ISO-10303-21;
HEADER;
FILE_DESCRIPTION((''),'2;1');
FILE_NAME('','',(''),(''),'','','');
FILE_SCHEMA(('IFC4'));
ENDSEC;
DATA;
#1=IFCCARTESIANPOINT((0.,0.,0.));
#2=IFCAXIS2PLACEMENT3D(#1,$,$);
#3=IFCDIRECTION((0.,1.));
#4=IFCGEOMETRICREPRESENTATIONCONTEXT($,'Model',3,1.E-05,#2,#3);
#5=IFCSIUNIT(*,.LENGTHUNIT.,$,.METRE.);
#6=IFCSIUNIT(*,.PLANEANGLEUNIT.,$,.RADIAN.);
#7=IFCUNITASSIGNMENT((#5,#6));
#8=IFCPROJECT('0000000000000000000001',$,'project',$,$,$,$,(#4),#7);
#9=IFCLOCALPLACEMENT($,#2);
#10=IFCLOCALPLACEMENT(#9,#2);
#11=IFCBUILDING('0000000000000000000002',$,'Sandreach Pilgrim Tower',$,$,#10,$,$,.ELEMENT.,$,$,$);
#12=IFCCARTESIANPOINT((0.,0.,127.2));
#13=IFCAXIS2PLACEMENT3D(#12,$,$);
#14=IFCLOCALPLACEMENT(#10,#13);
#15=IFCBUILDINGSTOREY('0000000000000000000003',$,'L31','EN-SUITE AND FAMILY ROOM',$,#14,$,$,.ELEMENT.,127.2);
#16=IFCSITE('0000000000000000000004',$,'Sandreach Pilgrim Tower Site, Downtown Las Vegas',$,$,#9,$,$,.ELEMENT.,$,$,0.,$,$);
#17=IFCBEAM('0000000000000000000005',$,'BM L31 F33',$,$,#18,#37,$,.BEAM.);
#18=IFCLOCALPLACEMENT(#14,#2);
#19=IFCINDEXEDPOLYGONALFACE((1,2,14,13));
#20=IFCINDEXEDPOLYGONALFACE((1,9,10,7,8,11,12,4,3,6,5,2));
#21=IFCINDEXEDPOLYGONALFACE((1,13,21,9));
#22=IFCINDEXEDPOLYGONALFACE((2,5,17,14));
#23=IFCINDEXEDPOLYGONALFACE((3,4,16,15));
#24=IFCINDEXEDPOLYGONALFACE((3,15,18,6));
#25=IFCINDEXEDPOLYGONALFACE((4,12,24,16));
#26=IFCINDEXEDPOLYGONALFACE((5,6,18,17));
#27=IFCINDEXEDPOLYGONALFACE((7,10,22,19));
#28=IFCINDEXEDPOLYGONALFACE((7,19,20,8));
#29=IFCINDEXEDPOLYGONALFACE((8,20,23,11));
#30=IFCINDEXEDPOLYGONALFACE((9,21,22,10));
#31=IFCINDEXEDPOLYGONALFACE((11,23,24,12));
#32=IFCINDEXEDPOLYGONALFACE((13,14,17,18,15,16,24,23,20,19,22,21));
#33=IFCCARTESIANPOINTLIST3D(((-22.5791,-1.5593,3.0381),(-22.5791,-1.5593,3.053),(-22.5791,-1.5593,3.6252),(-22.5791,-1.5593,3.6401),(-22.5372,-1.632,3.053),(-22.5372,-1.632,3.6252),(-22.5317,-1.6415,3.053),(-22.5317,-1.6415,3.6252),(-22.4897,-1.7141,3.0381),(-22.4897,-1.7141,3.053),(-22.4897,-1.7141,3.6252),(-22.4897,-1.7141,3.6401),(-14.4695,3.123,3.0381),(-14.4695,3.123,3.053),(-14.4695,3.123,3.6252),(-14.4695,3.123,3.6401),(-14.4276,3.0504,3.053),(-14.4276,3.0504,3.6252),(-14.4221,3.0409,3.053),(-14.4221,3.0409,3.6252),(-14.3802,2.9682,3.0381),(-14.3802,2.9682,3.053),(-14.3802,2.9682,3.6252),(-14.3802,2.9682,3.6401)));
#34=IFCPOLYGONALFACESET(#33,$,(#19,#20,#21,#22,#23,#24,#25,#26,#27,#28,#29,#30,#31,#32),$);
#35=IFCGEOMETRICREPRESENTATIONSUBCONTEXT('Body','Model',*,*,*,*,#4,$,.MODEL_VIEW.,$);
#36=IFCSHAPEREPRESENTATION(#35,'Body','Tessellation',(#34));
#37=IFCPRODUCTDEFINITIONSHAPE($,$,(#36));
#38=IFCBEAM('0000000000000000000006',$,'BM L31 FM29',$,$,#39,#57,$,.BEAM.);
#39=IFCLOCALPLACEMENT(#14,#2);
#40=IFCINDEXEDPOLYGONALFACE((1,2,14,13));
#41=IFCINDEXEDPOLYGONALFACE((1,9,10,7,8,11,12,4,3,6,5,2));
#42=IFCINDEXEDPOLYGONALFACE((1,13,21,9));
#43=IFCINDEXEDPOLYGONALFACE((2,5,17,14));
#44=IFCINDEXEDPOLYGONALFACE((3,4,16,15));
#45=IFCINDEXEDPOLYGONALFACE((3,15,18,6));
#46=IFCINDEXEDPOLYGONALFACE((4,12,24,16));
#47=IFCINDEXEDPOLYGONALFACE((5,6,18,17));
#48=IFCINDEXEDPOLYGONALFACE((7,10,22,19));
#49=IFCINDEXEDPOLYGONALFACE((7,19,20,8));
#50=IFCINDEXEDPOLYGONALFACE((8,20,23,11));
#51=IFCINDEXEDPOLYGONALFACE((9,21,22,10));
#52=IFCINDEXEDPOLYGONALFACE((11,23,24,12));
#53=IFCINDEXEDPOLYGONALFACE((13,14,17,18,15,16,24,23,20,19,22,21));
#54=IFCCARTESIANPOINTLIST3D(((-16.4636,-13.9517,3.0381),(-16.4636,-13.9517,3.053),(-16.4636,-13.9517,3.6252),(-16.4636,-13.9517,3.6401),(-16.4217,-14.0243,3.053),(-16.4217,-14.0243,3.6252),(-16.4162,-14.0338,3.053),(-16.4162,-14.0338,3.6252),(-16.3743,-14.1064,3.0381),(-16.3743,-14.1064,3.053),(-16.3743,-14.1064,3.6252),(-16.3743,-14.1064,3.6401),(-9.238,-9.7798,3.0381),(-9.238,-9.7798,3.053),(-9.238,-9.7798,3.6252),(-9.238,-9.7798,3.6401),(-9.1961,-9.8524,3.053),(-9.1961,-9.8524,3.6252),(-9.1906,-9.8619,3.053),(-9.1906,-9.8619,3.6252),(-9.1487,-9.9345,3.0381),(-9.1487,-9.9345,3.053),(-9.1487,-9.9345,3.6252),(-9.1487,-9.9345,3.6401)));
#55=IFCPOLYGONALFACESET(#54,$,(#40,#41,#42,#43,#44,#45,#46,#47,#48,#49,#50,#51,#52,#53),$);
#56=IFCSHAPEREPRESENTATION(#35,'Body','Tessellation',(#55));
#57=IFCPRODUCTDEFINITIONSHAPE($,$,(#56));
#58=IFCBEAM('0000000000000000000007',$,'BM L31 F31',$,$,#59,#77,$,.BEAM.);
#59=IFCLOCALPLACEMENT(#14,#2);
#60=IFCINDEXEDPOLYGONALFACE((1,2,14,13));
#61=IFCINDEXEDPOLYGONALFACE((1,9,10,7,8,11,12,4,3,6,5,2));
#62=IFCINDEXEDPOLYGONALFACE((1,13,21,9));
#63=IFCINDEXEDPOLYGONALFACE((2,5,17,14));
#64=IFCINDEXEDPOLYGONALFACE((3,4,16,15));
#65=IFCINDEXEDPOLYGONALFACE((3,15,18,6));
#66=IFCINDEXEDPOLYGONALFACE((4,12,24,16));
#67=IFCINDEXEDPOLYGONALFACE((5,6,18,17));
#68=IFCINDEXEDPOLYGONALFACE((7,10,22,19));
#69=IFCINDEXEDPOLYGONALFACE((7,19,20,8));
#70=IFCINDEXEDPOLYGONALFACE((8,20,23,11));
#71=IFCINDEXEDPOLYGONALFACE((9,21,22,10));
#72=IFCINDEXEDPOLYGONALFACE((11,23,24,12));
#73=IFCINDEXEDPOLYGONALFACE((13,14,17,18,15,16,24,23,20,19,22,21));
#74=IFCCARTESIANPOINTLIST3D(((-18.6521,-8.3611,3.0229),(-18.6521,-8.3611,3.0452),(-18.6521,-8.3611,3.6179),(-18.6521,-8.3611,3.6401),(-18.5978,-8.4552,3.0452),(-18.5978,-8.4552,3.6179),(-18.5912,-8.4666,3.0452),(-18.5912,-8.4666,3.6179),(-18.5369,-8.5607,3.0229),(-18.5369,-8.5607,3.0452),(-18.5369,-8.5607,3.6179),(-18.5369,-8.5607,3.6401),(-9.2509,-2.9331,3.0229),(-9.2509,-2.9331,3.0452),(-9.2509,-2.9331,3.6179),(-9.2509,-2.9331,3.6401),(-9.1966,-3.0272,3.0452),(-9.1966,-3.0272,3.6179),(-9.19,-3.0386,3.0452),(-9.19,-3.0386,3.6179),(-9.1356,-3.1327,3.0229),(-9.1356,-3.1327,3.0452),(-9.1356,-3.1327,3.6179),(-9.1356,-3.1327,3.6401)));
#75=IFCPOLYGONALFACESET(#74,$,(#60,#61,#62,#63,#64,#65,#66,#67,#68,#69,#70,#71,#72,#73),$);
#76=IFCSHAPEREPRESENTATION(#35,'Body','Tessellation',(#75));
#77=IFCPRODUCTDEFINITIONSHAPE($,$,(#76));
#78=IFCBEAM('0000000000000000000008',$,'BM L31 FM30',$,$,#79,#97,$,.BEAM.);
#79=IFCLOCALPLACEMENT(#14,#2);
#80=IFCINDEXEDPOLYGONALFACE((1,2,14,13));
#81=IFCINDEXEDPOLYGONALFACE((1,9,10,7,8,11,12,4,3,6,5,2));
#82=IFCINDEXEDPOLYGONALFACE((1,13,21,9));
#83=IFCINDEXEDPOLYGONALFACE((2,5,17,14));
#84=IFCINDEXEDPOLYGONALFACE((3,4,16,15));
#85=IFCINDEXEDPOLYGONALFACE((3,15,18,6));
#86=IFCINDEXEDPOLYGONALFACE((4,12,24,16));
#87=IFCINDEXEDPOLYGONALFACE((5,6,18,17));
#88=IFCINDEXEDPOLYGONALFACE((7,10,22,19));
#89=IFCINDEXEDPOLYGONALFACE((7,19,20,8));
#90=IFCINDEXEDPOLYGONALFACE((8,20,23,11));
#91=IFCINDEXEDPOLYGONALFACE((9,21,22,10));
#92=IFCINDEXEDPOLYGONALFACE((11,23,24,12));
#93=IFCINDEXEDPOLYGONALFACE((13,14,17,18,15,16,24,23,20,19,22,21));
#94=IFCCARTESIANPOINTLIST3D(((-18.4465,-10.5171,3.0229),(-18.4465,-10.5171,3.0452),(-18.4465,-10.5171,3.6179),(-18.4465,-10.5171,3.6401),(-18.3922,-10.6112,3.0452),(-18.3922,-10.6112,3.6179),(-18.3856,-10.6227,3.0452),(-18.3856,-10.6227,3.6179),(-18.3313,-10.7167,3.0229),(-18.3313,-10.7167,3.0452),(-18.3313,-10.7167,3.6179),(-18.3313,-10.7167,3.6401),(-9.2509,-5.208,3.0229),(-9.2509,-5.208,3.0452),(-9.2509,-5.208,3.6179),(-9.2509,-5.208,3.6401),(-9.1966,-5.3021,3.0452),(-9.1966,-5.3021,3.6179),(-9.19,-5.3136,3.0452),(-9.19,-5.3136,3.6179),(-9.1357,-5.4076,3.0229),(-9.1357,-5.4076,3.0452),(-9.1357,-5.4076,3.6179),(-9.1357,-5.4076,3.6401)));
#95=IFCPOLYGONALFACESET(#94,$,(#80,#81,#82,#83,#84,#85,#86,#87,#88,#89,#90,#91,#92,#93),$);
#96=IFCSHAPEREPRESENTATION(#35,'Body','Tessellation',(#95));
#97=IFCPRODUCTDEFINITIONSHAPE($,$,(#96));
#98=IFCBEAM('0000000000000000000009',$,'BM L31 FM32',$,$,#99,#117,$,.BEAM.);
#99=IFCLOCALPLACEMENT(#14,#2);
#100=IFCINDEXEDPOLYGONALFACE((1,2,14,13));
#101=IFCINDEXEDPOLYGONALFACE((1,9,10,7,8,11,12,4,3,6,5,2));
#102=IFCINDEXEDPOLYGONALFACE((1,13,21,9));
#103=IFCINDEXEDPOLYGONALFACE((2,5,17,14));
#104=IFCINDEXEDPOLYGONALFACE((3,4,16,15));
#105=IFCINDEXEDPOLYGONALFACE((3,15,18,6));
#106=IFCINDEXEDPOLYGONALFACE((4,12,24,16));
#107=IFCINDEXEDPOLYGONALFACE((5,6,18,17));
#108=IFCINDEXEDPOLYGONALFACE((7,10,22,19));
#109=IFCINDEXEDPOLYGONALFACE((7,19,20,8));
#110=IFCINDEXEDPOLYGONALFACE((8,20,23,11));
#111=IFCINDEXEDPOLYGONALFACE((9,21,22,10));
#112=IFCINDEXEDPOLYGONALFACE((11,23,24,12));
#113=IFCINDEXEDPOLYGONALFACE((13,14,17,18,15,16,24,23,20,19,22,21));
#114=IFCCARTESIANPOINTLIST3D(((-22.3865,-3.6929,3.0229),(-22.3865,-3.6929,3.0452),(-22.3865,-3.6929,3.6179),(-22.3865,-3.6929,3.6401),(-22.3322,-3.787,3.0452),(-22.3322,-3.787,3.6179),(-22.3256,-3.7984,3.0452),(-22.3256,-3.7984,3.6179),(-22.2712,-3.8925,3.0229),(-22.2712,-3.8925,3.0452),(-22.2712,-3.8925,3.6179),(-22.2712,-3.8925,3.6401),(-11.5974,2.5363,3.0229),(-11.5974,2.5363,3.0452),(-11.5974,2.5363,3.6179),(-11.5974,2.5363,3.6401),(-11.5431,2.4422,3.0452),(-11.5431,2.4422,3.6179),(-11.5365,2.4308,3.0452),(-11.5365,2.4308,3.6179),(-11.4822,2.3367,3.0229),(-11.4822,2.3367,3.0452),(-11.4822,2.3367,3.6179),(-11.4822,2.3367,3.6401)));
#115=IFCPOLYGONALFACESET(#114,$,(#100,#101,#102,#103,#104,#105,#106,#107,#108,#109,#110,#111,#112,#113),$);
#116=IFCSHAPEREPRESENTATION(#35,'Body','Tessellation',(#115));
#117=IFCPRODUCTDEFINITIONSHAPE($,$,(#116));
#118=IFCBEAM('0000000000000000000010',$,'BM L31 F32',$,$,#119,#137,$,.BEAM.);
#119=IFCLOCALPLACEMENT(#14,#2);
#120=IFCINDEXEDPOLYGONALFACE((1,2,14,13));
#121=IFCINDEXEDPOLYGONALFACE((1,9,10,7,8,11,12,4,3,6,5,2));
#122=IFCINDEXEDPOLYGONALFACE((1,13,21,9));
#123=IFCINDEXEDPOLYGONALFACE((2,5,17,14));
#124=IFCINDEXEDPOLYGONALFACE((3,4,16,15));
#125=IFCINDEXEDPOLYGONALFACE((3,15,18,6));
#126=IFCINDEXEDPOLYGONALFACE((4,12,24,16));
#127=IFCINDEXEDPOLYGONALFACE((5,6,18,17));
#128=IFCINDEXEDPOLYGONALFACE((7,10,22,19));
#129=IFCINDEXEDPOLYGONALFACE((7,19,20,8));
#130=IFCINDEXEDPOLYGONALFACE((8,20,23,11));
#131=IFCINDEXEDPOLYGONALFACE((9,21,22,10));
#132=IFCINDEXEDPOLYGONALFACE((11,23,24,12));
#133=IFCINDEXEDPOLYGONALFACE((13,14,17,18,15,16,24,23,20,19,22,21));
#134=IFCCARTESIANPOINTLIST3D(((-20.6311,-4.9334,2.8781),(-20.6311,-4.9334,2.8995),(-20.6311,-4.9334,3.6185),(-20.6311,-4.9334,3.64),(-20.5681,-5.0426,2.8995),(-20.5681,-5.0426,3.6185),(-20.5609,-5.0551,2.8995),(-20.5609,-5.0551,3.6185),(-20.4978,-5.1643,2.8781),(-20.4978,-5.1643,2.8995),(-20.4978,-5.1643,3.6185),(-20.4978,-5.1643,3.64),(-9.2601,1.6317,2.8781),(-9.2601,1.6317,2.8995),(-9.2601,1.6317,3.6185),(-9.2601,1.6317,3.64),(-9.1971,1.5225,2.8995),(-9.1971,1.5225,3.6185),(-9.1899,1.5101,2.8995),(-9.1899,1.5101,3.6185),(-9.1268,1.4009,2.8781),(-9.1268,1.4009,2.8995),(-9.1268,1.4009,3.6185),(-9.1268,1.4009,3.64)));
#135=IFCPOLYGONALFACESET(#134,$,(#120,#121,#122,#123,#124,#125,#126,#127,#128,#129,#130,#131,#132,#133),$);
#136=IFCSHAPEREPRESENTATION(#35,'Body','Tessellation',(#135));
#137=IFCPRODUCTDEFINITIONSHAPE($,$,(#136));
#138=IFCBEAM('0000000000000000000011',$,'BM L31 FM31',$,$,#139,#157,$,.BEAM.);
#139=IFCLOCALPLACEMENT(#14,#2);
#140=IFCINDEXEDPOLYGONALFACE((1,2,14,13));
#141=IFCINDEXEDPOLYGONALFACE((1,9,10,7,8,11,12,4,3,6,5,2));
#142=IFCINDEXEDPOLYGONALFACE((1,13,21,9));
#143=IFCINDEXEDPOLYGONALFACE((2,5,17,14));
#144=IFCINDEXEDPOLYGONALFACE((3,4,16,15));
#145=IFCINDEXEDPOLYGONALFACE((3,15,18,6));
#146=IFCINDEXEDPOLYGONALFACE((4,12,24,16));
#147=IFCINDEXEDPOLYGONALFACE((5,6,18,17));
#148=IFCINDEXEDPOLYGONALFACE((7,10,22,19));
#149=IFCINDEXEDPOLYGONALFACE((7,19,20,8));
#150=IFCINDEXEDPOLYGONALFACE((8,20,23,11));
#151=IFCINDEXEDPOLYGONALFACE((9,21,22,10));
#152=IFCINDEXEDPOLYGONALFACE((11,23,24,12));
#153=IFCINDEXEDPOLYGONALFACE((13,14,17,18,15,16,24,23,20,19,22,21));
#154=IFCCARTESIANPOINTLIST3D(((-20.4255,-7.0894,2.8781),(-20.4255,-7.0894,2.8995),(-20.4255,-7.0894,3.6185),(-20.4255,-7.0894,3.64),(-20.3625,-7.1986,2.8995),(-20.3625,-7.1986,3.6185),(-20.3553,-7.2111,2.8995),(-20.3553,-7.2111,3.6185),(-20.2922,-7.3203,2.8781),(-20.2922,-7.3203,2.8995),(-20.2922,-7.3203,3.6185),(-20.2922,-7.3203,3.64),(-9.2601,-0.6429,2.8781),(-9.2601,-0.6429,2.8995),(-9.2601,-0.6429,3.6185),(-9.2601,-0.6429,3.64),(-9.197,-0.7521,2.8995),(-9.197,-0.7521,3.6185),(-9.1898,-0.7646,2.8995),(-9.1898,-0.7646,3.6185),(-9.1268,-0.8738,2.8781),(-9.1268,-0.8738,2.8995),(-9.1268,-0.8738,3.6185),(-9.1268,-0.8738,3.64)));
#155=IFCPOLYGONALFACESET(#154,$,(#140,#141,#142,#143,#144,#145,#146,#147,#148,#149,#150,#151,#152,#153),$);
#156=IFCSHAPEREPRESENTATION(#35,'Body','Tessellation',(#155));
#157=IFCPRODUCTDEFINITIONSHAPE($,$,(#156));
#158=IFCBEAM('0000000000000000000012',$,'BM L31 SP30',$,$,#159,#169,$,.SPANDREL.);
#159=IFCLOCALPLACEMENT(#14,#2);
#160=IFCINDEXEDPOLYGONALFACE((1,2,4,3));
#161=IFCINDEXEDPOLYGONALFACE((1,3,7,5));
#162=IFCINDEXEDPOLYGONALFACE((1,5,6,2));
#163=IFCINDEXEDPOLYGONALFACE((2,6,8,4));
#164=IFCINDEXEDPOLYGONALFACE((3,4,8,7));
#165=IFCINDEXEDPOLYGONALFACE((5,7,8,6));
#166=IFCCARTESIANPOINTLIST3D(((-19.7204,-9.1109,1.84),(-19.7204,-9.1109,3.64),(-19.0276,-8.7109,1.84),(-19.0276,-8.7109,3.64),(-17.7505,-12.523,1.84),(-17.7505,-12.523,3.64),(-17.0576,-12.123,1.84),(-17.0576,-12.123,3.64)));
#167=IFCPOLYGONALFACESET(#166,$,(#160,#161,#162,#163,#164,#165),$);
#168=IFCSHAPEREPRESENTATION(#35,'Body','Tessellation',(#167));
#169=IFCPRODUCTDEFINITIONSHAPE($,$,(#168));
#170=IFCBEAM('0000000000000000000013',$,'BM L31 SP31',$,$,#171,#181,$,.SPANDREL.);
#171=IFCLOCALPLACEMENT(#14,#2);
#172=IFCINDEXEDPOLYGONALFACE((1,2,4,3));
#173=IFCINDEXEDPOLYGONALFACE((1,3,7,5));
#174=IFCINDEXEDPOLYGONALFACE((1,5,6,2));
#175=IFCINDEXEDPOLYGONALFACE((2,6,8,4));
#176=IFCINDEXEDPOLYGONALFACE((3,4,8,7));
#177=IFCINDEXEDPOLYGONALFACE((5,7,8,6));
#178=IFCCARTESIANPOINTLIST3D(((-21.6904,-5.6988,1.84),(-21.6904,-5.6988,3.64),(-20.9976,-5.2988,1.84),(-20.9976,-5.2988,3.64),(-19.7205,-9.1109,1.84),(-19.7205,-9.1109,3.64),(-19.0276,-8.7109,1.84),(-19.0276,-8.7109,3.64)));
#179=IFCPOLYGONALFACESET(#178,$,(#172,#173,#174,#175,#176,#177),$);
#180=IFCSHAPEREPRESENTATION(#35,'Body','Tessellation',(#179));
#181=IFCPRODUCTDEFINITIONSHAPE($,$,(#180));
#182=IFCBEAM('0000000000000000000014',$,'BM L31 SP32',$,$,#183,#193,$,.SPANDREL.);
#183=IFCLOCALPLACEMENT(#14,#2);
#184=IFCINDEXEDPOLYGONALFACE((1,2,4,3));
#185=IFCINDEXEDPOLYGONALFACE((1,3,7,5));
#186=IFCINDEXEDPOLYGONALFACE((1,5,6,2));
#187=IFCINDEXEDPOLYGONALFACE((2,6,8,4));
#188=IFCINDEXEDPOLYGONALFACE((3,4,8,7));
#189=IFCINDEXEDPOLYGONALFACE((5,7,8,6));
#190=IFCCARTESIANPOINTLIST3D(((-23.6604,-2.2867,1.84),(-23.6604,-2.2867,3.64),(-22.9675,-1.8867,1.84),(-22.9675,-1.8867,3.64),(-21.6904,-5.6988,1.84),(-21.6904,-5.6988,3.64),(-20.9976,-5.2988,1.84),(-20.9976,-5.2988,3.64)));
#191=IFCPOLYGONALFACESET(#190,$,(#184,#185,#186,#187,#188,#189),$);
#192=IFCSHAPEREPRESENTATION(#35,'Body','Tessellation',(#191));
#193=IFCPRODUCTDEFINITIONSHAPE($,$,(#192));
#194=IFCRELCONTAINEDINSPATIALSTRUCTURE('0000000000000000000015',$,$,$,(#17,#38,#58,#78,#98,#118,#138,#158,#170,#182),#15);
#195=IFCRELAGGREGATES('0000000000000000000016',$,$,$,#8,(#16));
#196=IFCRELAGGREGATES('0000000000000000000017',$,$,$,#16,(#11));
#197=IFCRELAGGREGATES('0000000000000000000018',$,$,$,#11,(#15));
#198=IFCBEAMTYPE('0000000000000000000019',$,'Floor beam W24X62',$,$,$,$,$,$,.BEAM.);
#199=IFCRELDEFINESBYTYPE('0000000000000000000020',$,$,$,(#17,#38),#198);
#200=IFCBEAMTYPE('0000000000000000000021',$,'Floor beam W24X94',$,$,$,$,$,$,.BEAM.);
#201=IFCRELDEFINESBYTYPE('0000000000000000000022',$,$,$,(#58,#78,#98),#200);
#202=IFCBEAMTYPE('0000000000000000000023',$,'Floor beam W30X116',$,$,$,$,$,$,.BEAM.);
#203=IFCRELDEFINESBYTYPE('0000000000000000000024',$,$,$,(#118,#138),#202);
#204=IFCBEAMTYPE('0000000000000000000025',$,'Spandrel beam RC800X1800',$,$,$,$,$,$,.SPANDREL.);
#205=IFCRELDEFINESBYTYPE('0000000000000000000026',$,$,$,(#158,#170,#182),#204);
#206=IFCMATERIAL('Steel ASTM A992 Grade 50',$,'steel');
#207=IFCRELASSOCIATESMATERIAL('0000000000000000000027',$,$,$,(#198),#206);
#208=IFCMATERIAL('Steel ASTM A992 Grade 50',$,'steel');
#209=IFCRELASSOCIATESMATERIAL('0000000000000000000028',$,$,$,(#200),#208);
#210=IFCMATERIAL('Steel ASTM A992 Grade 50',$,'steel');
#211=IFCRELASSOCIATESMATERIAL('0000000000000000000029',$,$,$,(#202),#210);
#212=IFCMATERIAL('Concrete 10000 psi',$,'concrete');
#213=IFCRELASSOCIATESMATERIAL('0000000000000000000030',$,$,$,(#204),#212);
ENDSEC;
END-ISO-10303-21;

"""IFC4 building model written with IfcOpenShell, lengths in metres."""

from ifc_helpers import new_model, si_unit, direction, frame, origin, origin_2d, place, context, subcontext, project, spatial, rectangle, i_section, extrude, material, material_profile, profile_set, type_object, element, save


model = new_model("IFC4")

# Units and contexts
model_context = context("Model", 3, precision=1e-05, world=origin(), true_north=direction((0.0, 1.0)))
body_context = subcontext(model_context, "Body", "Model", "MODEL_VIEW")
ifc_project = project(units=[si_unit("LENGTHUNIT", "METRE"), si_unit("PLANEANGLEUNIT", "RADIAN")], contexts=[model_context])

# Site, building, storey
site_placement = place(None, origin())
site = spatial("IfcSite", under=ifc_project, at=site_placement, Name="Sandreach Pilgrim Tower Site, Downtown Las Vegas", CompositionType="ELEMENT", RefElevation=0.0)
building_placement = place(site_placement, origin())
building = spatial("IfcBuilding", under=site, at=building_placement, Name="Sandreach Pilgrim Tower", CompositionType="ELEMENT")
storey_placement = place(building_placement, frame((0.0, 0.0, 127.2)))
storey = spatial("IfcBuildingStorey", under=building, at=storey_placement, Name="L31", Description="EN-SUITE AND FAMILY ROOM", CompositionType="ELEMENT", Elevation=127.2)

# Beams
ifc_material_1 = material(Name="Steel ASTM A992 Grade 50", Category="steel")
ifc_material_profile_1 = material_profile(ifc_material_1, i_section(OverallWidth=0.1787, OverallDepth=0.6021, WebThickness=0.011, FlangeThickness=0.0149, at=origin_2d()), Name="W24X62")
ifc_profile_set_1 = profile_set([ifc_material_profile_1], Name="Steel ASTM A992 Grade 50")
beam_type_1 = type_object("IfcBeamType", Name="Floor beam W24X62", PredefinedType="BEAM", material=ifc_profile_set_1)
beam_1_placement = place(storey_placement, frame((-22.5344, -1.6367, 3.3391), z_axis=(0.866012, 0.500023, 0.0), x_axis=(-0.500023, 0.866012, 0.0)))
element("IfcBeam", 1, at=beam_1_placement, inside=storey, type_object=beam_type_1, Name="BM L31 F33", PredefinedType="BEAM", context=body_context, shape_type="SweptSolid", body=[
    extrude(i_section(OverallWidth=0.1787, OverallDepth=0.6021, WebThickness=0.011, FlangeThickness=0.0149, at=origin_2d()), origin(), (0.0, 0.0, 1.0), 9.3643),
])
beam_2_placement = place(storey_placement, frame((-16.4189, -14.0291, 3.3391), z_axis=(0.866016, 0.500016, 0.0), x_axis=(-0.500016, 0.866016, 0.0)))
element("IfcBeam", 2, at=beam_2_placement, inside=storey, type_object=beam_type_1, Name="BM L31 FM29", PredefinedType="BEAM", context=body_context, shape_type="SweptSolid", body=[
    extrude(i_section(OverallWidth=0.1787, OverallDepth=0.6021, WebThickness=0.011, FlangeThickness=0.0149, at=origin_2d()), origin(), (0.0, 0.0, 1.0), 8.3435),
])
ifc_material_2 = material(Name="Steel ASTM A992 Grade 50", Category="steel")
ifc_material_profile_2 = material_profile(ifc_material_2, i_section(OverallWidth=0.2305, OverallDepth=0.6172, WebThickness=0.0132, FlangeThickness=0.0222, at=origin_2d()), Name="W24X94")
ifc_profile_set_2 = profile_set([ifc_material_profile_2], Name="Steel ASTM A992 Grade 50")
beam_type_2 = type_object("IfcBeamType", Name="Floor beam W24X94", PredefinedType="BEAM", material=ifc_profile_set_2)
beam_3_placement = place(storey_placement, frame((-18.5945, -8.4609, 3.3315), z_axis=(0.866016, 0.500016, 0.0), x_axis=(-0.500016, 0.866016, 0.0)))
element("IfcBeam", 3, at=beam_3_placement, inside=storey, type_object=beam_type_2, Name="BM L31 F31", PredefinedType="BEAM", context=body_context, shape_type="SweptSolid", body=[
    extrude(i_section(OverallWidth=0.2305, OverallDepth=0.6172, WebThickness=0.0132, FlangeThickness=0.0222, at=origin_2d()), origin(), (0.0, 0.0, 1.0), 10.8557),
])
beam_4_placement = place(storey_placement, frame((-18.3889, -10.6169, 3.3315), z_axis=(0.866024, 0.500002, 0.0), x_axis=(-0.500002, 0.866024, 0.0)))
element("IfcBeam", 4, at=beam_4_placement, inside=storey, type_object=beam_type_2, Name="BM L31 FM30", PredefinedType="BEAM", context=body_context, shape_type="SweptSolid", body=[
    extrude(i_section(OverallWidth=0.2305, OverallDepth=0.6172, WebThickness=0.0132, FlangeThickness=0.0222, at=origin_2d()), origin(), (0.0, 0.0, 1.0), 10.6182),
])
beam_5_placement = place(storey_placement, frame((-22.3289, -3.7927, 3.3315), z_axis=(0.866019, 0.500011, 0.0), x_axis=(-0.500011, 0.866019, 0.0)))
element("IfcBeam", 5, at=beam_5_placement, inside=storey, type_object=beam_type_2, Name="BM L31 FM32", PredefinedType="BEAM", context=body_context, shape_type="SweptSolid", body=[
    extrude(i_section(OverallWidth=0.2305, OverallDepth=0.6172, WebThickness=0.0132, FlangeThickness=0.0222, at=origin_2d()), origin(), (0.0, 0.0, 1.0), 12.4583),
])
ifc_material_3 = material(Name="Steel ASTM A992 Grade 50", Category="steel")
ifc_material_profile_3 = material_profile(ifc_material_3, i_section(OverallWidth=0.2666, OverallDepth=0.762, WebThickness=0.0144, FlangeThickness=0.0215, at=origin_2d()), Name="W30X116")
ifc_profile_set_3 = profile_set([ifc_material_profile_3], Name="Steel ASTM A992 Grade 50")
beam_type_3 = type_object("IfcBeamType", Name="Floor beam W30X116", PredefinedType="BEAM", material=ifc_profile_set_3)
beam_6_placement = place(storey_placement, frame((-20.5645, -5.0488, 3.259), z_axis=(0.866023, 0.500005, 0.0), x_axis=(-0.500005, 0.866023, 0.0)))
element("IfcBeam", 6, at=beam_6_placement, inside=storey, type_object=beam_type_3, Name="BM L31 F32", PredefinedType="BEAM", context=body_context, shape_type="SweptSolid", body=[
    extrude(i_section(OverallWidth=0.2666, OverallDepth=0.762, WebThickness=0.0144, FlangeThickness=0.0215, at=origin_2d()), origin(), (0.0, 0.0, 1.0), 13.1301),
])
beam_7_placement = place(storey_placement, frame((-20.3589, -7.2048, 3.259), z_axis=(0.866022, 0.500007, 0.0), x_axis=(-0.500007, 0.866022, 0.0)))
element("IfcBeam", 7, at=beam_7_placement, inside=storey, type_object=beam_type_3, Name="BM L31 FM31", PredefinedType="BEAM", context=body_context, shape_type="SweptSolid", body=[
    extrude(i_section(OverallWidth=0.2666, OverallDepth=0.762, WebThickness=0.0144, FlangeThickness=0.0215, at=origin_2d()), origin(), (0.0, 0.0, 1.0), 12.8928),
])
ifc_material_4 = material(Name="Concrete 10000 psi", Category="concrete")
ifc_material_profile_4 = material_profile(ifc_material_4, rectangle(XDim=0.8, YDim=1.8, at=origin_2d()), Name="RC800X1800")
ifc_profile_set_4 = profile_set([ifc_material_profile_4], Name="Concrete 10000 psi")
beam_type_4 = type_object("IfcBeamType", Name="Spandrel beam RC800X1800", PredefinedType="SPANDREL", material=ifc_profile_set_4)
for number, where, z_axis, x_axis, name in (
    (8, (-17.4041, -12.323, 2.74), (-0.499998, 0.866027, 0.0), (-0.866027, -0.499998, 0.0), "BM L31 SP30"),
    (9, (-19.374, -8.9109, 2.74), (-0.499998, 0.866027, 0.0), (-0.866027, -0.499998, 0.0), "BM L31 SP31"),
    (10, (-21.344, -5.4988, 2.74), (-0.499998, 0.866027, 0.0), (-0.866027, -0.499998, 0.0), "BM L31 SP32"),
):
    element("IfcBeam", number, at=place(storey_placement, frame(where, z_axis=z_axis, x_axis=x_axis)), inside=storey, type_object=beam_type_4, Name=name, PredefinedType="SPANDREL", context=body_context, shape_type="SweptSolid", body=[
        extrude(rectangle(XDim=0.8, YDim=1.8, at=origin_2d()), origin(), (0.0, 0.0, 1.0), 3.9399),
    ])

save(model, "model.ifc")
